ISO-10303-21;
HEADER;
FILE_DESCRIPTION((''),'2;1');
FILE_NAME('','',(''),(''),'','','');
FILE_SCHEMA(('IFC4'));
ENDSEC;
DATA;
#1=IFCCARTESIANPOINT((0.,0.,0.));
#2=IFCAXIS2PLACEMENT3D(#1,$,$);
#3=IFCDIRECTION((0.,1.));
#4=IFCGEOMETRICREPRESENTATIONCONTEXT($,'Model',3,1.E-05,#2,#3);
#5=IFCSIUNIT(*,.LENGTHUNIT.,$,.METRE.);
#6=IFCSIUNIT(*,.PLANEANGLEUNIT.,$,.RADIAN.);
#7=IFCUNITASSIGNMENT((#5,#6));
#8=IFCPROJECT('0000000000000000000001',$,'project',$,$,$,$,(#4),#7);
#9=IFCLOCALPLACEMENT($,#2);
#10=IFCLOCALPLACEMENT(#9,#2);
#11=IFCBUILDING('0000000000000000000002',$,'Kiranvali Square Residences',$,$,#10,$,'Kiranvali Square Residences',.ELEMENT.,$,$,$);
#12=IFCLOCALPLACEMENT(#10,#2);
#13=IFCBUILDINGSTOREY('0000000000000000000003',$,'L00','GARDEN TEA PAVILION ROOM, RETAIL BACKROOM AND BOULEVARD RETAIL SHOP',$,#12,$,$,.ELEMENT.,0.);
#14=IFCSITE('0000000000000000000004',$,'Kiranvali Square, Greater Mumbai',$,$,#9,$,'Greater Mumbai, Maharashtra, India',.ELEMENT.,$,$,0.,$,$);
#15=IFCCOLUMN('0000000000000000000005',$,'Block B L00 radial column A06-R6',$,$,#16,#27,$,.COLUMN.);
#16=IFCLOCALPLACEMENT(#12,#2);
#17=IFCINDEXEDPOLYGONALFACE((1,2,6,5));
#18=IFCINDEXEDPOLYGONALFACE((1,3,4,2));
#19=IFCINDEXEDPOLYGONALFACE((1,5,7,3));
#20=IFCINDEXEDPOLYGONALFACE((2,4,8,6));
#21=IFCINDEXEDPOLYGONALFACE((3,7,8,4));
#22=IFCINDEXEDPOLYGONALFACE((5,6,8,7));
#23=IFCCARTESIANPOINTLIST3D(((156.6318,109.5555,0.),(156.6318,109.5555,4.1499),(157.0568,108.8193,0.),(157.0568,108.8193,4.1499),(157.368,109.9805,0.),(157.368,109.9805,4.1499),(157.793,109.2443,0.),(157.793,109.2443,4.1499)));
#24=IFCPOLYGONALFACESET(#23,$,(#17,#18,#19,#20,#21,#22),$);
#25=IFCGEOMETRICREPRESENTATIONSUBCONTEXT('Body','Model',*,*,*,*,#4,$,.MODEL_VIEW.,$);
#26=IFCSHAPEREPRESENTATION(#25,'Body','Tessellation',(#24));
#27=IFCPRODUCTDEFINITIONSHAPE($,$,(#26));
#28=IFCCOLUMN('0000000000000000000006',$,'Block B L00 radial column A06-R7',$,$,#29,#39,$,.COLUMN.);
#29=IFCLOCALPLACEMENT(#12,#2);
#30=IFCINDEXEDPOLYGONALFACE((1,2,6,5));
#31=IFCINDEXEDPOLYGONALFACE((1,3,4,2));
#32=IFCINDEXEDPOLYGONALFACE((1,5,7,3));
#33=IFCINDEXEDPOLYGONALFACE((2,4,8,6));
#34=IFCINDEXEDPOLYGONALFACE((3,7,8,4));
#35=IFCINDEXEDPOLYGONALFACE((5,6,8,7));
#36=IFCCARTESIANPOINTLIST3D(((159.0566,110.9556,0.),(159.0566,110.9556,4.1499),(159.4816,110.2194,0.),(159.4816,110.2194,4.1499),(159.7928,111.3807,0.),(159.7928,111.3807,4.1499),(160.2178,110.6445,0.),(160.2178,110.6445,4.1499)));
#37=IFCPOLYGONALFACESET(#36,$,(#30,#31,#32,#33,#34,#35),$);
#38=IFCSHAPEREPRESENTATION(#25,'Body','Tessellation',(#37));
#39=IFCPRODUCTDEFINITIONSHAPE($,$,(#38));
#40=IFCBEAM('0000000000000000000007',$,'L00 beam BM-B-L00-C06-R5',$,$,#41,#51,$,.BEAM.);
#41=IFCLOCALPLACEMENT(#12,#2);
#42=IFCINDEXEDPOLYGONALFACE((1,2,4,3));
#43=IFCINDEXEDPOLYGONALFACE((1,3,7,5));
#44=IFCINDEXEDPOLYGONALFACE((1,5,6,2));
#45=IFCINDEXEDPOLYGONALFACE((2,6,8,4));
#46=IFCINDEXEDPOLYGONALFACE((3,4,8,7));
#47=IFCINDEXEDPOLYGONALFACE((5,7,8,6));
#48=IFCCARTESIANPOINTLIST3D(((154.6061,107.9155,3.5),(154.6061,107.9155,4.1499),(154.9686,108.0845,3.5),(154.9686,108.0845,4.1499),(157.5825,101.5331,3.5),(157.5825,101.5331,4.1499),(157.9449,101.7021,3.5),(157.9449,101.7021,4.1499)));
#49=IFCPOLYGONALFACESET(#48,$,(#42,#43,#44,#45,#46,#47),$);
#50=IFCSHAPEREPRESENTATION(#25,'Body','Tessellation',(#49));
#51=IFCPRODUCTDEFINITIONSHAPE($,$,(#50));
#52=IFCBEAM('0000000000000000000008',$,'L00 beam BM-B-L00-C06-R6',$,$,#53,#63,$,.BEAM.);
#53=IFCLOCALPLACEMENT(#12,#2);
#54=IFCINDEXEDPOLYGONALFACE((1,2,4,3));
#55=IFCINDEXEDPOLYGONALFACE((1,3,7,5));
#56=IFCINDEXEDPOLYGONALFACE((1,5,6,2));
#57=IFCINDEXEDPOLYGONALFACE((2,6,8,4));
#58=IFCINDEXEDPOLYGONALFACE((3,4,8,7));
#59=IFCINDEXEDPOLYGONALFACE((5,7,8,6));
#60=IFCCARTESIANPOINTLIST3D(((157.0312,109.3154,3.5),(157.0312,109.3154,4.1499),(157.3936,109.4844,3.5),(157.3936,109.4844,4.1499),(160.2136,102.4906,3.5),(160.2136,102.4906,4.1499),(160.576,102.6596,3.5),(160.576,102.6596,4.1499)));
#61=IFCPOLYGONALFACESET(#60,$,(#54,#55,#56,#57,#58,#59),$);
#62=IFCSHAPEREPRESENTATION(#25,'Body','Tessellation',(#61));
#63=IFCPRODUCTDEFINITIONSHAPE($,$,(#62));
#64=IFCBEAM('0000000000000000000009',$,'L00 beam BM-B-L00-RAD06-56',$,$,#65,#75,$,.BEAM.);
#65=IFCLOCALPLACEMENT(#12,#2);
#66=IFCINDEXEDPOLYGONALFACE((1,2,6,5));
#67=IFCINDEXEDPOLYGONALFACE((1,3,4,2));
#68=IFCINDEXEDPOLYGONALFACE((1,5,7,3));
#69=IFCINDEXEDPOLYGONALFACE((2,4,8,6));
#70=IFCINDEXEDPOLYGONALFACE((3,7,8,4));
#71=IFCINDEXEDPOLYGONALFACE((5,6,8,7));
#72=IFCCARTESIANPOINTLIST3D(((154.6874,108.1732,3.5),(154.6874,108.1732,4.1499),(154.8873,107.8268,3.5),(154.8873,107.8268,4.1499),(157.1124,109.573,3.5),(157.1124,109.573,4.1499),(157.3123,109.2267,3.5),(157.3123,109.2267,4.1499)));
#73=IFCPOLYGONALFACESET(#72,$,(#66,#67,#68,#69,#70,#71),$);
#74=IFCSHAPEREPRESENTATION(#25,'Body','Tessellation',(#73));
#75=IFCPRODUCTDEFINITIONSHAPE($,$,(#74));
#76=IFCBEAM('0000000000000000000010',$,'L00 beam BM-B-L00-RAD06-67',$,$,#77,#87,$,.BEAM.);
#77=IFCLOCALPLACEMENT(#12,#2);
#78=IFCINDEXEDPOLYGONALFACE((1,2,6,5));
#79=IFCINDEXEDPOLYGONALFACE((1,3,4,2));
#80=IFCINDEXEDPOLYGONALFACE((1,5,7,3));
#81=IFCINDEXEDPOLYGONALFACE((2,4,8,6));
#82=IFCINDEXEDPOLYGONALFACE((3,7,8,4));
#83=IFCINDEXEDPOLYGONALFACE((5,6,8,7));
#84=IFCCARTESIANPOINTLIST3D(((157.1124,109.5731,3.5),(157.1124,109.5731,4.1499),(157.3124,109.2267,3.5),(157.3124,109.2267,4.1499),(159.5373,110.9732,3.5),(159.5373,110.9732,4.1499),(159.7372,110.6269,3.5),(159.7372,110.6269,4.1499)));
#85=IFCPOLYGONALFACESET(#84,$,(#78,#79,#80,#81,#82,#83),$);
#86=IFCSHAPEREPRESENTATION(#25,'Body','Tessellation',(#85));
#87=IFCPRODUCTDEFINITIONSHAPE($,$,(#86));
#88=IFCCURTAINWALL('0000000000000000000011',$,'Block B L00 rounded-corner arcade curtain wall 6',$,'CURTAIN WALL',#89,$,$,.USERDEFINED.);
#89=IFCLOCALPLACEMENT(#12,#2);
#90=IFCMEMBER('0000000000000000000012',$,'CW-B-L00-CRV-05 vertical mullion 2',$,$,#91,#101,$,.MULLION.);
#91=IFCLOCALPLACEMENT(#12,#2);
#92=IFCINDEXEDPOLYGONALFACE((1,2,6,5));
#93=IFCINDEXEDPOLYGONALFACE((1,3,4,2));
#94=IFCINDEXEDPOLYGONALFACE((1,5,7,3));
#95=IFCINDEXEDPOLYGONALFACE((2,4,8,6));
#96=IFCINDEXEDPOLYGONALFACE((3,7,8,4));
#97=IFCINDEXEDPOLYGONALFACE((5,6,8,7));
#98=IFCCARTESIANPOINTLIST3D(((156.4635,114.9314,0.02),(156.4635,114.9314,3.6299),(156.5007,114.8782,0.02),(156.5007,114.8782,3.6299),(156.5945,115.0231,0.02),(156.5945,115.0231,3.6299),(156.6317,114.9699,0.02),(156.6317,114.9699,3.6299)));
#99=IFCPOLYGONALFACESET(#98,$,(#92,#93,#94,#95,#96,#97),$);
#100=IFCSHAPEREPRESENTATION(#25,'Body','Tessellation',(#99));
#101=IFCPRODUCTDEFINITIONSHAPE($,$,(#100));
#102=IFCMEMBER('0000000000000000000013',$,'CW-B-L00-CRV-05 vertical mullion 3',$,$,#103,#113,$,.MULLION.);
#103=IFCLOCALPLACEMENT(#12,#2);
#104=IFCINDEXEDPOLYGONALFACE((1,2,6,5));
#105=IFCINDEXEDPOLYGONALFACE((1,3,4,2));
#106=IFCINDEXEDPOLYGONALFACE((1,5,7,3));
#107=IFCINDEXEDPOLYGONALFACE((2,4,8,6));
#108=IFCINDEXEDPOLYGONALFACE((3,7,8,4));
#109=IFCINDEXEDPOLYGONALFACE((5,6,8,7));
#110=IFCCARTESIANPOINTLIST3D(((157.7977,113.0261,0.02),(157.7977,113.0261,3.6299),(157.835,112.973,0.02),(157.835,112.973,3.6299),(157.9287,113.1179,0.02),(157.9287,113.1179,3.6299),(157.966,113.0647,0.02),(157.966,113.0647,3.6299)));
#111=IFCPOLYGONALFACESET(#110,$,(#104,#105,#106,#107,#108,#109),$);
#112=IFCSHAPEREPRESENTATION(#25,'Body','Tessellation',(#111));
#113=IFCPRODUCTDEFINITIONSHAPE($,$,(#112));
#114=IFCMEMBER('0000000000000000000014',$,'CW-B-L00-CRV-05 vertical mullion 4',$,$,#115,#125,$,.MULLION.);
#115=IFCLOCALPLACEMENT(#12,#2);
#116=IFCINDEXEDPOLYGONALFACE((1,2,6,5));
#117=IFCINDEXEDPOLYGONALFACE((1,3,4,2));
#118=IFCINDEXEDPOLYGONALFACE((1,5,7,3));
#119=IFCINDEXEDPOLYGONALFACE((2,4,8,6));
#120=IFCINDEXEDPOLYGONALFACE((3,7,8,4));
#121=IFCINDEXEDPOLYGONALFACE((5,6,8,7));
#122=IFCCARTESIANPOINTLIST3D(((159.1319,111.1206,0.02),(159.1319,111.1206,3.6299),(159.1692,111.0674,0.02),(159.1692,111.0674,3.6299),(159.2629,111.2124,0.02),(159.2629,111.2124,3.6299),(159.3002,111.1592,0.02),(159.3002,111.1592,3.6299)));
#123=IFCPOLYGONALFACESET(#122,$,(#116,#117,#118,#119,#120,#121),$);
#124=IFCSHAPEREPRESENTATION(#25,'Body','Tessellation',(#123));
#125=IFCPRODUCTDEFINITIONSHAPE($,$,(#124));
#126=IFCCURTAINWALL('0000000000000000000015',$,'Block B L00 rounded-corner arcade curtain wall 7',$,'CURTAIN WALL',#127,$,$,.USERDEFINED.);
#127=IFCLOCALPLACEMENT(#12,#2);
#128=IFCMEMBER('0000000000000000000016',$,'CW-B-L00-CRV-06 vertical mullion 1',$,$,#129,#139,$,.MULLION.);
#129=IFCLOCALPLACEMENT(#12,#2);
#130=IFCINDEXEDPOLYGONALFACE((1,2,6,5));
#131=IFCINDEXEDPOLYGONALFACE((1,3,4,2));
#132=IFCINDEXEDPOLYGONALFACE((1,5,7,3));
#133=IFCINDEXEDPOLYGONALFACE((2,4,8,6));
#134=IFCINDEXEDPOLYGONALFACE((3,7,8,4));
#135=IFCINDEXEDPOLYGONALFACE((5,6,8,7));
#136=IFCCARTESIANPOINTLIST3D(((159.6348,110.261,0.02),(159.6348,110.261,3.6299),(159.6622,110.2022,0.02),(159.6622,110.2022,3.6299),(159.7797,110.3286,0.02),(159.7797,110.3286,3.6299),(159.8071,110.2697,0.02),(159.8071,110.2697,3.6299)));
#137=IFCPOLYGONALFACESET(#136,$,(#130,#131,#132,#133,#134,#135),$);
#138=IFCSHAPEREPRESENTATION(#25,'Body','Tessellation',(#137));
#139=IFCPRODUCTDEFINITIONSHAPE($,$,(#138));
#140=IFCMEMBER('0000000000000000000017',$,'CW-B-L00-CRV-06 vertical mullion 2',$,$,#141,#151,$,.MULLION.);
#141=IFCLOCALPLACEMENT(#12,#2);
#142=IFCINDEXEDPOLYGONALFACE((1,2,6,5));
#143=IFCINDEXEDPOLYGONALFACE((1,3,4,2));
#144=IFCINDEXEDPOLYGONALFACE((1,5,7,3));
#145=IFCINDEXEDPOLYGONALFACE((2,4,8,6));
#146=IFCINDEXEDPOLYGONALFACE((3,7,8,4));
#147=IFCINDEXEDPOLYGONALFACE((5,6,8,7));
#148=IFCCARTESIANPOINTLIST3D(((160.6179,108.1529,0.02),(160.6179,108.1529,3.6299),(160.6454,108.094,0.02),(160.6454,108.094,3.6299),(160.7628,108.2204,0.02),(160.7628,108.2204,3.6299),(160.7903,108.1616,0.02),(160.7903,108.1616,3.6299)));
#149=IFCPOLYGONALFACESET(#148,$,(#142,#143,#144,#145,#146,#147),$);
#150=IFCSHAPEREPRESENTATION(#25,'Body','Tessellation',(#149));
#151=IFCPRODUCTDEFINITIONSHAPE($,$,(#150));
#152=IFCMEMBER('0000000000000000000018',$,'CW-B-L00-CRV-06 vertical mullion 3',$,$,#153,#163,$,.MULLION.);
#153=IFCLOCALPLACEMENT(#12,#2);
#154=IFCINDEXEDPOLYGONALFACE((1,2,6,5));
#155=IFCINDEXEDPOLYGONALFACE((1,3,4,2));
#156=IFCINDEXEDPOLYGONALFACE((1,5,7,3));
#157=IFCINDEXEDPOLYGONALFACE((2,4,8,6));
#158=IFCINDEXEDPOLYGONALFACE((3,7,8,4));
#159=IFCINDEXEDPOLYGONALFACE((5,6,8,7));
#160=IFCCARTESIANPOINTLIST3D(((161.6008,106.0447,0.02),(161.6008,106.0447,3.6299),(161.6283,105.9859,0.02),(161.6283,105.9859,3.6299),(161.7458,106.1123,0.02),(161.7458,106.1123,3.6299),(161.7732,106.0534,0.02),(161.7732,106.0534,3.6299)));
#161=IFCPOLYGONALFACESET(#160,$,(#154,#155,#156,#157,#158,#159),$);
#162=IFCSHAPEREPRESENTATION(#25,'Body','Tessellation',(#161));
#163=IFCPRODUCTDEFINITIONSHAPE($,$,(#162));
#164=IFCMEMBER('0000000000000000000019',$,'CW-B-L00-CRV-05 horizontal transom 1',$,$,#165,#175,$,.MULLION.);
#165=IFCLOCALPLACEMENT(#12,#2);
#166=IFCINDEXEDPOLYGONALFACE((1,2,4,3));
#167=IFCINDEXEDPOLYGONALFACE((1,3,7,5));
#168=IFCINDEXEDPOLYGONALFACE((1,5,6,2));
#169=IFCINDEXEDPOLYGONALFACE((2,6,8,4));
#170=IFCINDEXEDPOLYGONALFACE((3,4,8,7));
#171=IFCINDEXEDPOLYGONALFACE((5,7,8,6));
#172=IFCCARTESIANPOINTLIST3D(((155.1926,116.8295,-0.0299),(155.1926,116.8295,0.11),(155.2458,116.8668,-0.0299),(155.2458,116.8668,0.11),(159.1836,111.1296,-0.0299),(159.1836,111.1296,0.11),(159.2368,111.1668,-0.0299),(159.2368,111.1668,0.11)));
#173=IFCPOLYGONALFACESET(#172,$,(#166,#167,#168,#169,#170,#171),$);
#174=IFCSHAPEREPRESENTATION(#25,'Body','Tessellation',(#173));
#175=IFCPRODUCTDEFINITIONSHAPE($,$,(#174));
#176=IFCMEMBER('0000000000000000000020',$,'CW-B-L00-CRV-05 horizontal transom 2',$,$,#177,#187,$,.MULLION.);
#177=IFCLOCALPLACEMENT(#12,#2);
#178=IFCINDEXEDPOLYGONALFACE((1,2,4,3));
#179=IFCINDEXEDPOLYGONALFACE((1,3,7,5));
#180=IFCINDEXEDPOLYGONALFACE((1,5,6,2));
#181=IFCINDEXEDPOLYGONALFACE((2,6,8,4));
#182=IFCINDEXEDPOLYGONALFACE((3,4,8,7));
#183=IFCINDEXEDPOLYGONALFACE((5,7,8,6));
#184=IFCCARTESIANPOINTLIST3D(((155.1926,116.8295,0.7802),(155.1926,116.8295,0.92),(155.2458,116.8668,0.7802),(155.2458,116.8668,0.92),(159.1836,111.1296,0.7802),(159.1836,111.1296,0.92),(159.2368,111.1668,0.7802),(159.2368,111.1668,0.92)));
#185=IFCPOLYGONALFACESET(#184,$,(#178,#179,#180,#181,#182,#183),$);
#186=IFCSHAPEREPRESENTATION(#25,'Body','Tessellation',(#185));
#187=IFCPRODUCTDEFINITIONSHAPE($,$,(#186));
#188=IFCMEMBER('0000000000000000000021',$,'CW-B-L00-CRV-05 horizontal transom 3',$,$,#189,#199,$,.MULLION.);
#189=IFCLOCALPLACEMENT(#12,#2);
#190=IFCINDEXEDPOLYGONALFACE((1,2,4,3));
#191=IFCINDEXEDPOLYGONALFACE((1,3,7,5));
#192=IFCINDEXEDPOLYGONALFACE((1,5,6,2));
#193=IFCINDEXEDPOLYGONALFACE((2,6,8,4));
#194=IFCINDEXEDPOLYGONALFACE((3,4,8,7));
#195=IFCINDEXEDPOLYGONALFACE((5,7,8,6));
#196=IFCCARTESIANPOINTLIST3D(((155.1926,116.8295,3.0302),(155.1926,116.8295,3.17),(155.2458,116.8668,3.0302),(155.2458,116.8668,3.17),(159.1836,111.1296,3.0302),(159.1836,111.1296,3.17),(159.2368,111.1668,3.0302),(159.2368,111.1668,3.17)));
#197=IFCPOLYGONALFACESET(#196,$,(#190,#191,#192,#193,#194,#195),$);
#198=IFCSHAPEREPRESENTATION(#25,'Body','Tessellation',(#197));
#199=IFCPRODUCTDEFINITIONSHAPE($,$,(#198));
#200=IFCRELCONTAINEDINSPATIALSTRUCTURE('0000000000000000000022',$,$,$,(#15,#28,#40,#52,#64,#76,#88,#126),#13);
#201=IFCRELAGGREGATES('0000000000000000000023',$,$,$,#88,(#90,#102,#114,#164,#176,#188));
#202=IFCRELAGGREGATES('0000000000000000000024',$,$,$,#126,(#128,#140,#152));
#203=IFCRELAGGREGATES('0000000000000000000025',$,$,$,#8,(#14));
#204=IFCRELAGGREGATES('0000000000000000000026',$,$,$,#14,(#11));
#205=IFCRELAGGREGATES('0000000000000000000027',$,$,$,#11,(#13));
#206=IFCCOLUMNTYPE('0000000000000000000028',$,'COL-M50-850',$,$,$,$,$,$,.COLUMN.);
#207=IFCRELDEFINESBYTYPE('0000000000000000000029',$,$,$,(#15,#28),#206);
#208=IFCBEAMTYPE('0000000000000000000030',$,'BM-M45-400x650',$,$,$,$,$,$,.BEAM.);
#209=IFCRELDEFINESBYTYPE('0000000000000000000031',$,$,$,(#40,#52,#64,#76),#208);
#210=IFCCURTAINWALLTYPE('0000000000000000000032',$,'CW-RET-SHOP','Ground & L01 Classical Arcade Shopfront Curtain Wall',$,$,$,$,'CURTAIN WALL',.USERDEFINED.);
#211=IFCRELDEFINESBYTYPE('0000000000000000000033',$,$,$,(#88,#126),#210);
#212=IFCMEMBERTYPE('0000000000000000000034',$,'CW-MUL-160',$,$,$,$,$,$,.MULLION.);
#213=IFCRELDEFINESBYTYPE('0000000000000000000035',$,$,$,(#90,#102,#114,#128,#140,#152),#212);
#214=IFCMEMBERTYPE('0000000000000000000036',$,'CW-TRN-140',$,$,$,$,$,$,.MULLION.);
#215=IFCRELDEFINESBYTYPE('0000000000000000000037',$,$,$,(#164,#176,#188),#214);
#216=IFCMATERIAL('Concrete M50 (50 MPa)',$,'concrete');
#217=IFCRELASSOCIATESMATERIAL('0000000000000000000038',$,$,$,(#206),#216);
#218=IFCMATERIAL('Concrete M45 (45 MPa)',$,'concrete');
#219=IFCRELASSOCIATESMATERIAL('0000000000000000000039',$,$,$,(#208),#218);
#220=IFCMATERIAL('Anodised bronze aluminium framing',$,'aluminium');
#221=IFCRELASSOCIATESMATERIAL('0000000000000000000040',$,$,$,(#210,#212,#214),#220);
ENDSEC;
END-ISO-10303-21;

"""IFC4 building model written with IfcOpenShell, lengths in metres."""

from ifc_helpers import new_model, si_unit, direction, frame, origin, origin_2d, place, context, subcontext, project, spatial, rectangle, extrude, material, material_profile, profile_set, type_object, element, aggregate, save


model = new_model("IFC4")

# Units and contexts
model_context = context("Model", 3, precision=1e-05, world=origin(), true_north=direction((0.0, 1.0)))
body_context = subcontext(model_context, "Body", "Model", "MODEL_VIEW")
ifc_project = project(units=[si_unit("LENGTHUNIT", "METRE"), si_unit("PLANEANGLEUNIT", "RADIAN")], contexts=[model_context])

# Site, building, storey
site_placement = place(None, origin())
site = spatial("IfcSite", under=ifc_project, at=site_placement, Name="Kiranvali Square, Greater Mumbai", LongName="Greater Mumbai, Maharashtra, India", CompositionType="ELEMENT", RefElevation=0.0)
building_placement = place(site_placement, origin())
building = spatial("IfcBuilding", under=site, at=building_placement, Name="Kiranvali Square Residences", LongName="Kiranvali Square Residences", CompositionType="ELEMENT")
storey_placement = place(building_placement, origin())
storey = spatial("IfcBuildingStorey", under=building, at=storey_placement, Name="L00", Description="GARDEN TEA PAVILION ROOM, RETAIL BACKROOM AND BOULEVARD RETAIL SHOP", CompositionType="ELEMENT", Elevation=0.0)

# Columns
ifc_material_1 = material(Name="Concrete M50 (50 MPa)", Category="concrete")
ifc_material_profile_1 = material_profile(ifc_material_1, rectangle(XDim=0.8501, YDim=0.8501, at=origin_2d()), Name="RC 850x850")
ifc_profile_set_1 = profile_set([ifc_material_profile_1], Name="Concrete M50 (50 MPa)")
column_type = type_object("IfcColumnType", Name="COL-M50-850", PredefinedType="COLUMN", material=ifc_profile_set_1)
for number, where, z_axis, x_axis, name in (
    (1, (157.2124, 109.3999, 0.0), (0.0, 0.0, 1.0), (-0.5, 0.866025, 0.0), "Block B L00 radial column A06-R6"),
    (2, (159.6372, 110.8, 0.0), (0.0, 0.0, 1.0), (-0.5, 0.866025, 0.0), "Block B L00 radial column A06-R7"),
):
    element("IfcColumn", number, at=place(storey_placement, frame(where, z_axis=z_axis, x_axis=x_axis)), inside=storey, type_object=column_type, Name=name, PredefinedType="COLUMN", context=body_context, shape_type="SweptSolid", body=[
        extrude(rectangle(XDim=0.8501, YDim=0.8501, at=origin_2d()), origin(), (0.0, 0.0, 1.0), 4.1499),
    ])

# Beams
ifc_material_2 = material(Name="Concrete M45 (45 MPa)", Category="concrete")
ifc_material_profile_2 = material_profile(ifc_material_2, rectangle(XDim=0.3999, YDim=0.6499, at=origin_2d()), Name="RC 400x650")
ifc_profile_set_2 = profile_set([ifc_material_profile_2], Name="Concrete M45 (45 MPa)")
beam_type_1 = type_object("IfcBeamType", Name="BM-M45-400x650", PredefinedType="BEAM", material=ifc_profile_set_2)
beam_1_placement = place(storey_placement, frame((154.7874, 108.0, 3.825), z_axis=(0.422641, -0.906297, 0.0), x_axis=(0.906297, 0.422641, 0.0)))
element("IfcBeam", 3, at=beam_1_placement, inside=storey, type_object=beam_type_1, Name="L00 beam BM-B-L00-C06-R5", PredefinedType="BEAM", context=body_context, shape_type="SweptSolid", body=[
    extrude(rectangle(XDim=0.3999, YDim=0.6499, at=origin_2d()), origin(), (0.0, 0.0, 1.0), 7.0422),
])
beam_2_placement = place(storey_placement, frame((157.2124, 109.3999, 3.825), z_axis=(0.422614, -0.90631, 0.0), x_axis=(0.90631, 0.422614, 0.0)))
element("IfcBeam", 4, at=beam_2_placement, inside=storey, type_object=beam_type_1, Name="L00 beam BM-B-L00-C06-R6", PredefinedType="BEAM", context=body_context, shape_type="SweptSolid", body=[
    extrude(rectangle(XDim=0.3999, YDim=0.6499, at=origin_2d()), origin(), (0.0, 0.0, 1.0), 7.5303),
])
for number, where, z_axis, x_axis, name in (
    (5, (154.7874, 108.0, 3.825), (0.866056, 0.499946, 0.0), (-0.499946, 0.866056, 0.0), "L00 beam BM-B-L00-RAD06-56"),
    (6, (157.2124, 109.3999, 3.825), (0.865997, 0.50005, 0.0), (-0.50005, 0.865997, 0.0), "L00 beam BM-B-L00-RAD06-67"),
):
    element("IfcBeam", number, at=place(storey_placement, frame(where, z_axis=z_axis, x_axis=x_axis)), inside=storey, type_object=beam_type_1, Name=name, PredefinedType="BEAM", context=body_context, shape_type="SweptSolid", body=[
        extrude(rectangle(XDim=0.3999, YDim=0.6499, at=origin_2d()), origin(), (0.0, 0.0, 1.0), 2.8),
    ])

# Curtain walls, members
ifc_material_3 = material(Name="Anodised bronze aluminium framing", Category="aluminium")
curtain_wall_type = type_object("IfcCurtainWallType", Name="CW-RET-SHOP", Description="Ground & L01 Classical Arcade Shopfront Curtain Wall", ElementType="CURTAIN WALL", PredefinedType="USERDEFINED", material=ifc_material_3)
curtain_wall_1_placement = place(storey_placement, origin())
curtain_wall_1 = element("IfcCurtainWall", 7, at=curtain_wall_1_placement, inside=storey, type_object=curtain_wall_type, Name="Block B L00 rounded-corner arcade curtain wall 6", ObjectType="CURTAIN WALL", PredefinedType="USERDEFINED")
ifc_material_profile_3 = material_profile(ifc_material_3, rectangle(XDim=0.0649, YDim=0.1599, at=origin_2d()), Name="ALU 65x160")
ifc_profile_set_3 = profile_set([ifc_material_profile_3], Name="Anodised bronze aluminium framing")
member_type_1 = type_object("IfcMemberType", Name="CW-MUL-160", PredefinedType="MULLION", material=ifc_profile_set_3)
member_1_placement = place(storey_placement, frame((156.5476, 114.9507, 0.02), z_axis=(0.0, 0.0, 1.0), x_axis=(0.573576, -0.819152, 0.0)))
member_1 = element("IfcMember", 8, at=member_1_placement, type_object=member_type_1, Name="CW-B-L00-CRV-05 vertical mullion 2", PredefinedType="MULLION", context=body_context, shape_type="SweptSolid", body=[
    extrude(rectangle(XDim=0.0649, YDim=0.1599, at=origin_2d()), origin(), (0.0, 0.0, 1.0), 3.6099),
])
member_2_placement = place(storey_placement, frame((157.8818, 113.0454, 0.02), z_axis=(0.0, 0.0, 1.0), x_axis=(0.573576, -0.819152, 0.0)))
member_2 = element("IfcMember", 9, at=member_2_placement, type_object=member_type_1, Name="CW-B-L00-CRV-05 vertical mullion 3", PredefinedType="MULLION", context=body_context, shape_type="SweptSolid", body=[
    extrude(rectangle(XDim=0.0649, YDim=0.1599, at=origin_2d()), origin(), (0.0, 0.0, 1.0), 3.6099),
])
member_3_placement = place(storey_placement, frame((159.2161, 111.1399, 0.02), z_axis=(0.0, 0.0, 1.0), x_axis=(0.573576, -0.819152, 0.0)))
member_3 = element("IfcMember", 10, at=member_3_placement, type_object=member_type_1, Name="CW-B-L00-CRV-05 vertical mullion 4", PredefinedType="MULLION", context=body_context, shape_type="SweptSolid", body=[
    extrude(rectangle(XDim=0.0649, YDim=0.1599, at=origin_2d()), origin(), (0.0, 0.0, 1.0), 3.6099),
])
curtain_wall_2_placement = place(storey_placement, origin())
curtain_wall_2 = element("IfcCurtainWall", 11, at=curtain_wall_2_placement, inside=storey, type_object=curtain_wall_type, Name="Block B L00 rounded-corner arcade curtain wall 7", ObjectType="CURTAIN WALL", PredefinedType="USERDEFINED")
member_4_placement = place(storey_placement, frame((159.7209, 110.2654, 0.02), z_axis=(0.0, 0.0, 1.0), x_axis=(0.422618, -0.906308, 0.0)))
member_4 = element("IfcMember", 12, at=member_4_placement, type_object=member_type_1, Name="CW-B-L00-CRV-06 vertical mullion 1", PredefinedType="MULLION", context=body_context, shape_type="SweptSolid", body=[
    extrude(rectangle(XDim=0.0649, YDim=0.1599, at=origin_2d()), origin(), (0.0, 0.0, 1.0), 3.6099),
])
member_5_placement = place(storey_placement, frame((160.7041, 108.1572, 0.02), z_axis=(0.0, 0.0, 1.0), x_axis=(0.422618, -0.906308, 0.0)))
member_5 = element("IfcMember", 13, at=member_5_placement, type_object=member_type_1, Name="CW-B-L00-CRV-06 vertical mullion 2", PredefinedType="MULLION", context=body_context, shape_type="SweptSolid", body=[
    extrude(rectangle(XDim=0.0649, YDim=0.1599, at=origin_2d()), origin(), (0.0, 0.0, 1.0), 3.6099),
])
member_6_placement = place(storey_placement, frame((161.687, 106.0491, 0.02), z_axis=(0.0, 0.0, 1.0), x_axis=(0.422618, -0.906308, 0.0)))
member_6 = element("IfcMember", 14, at=member_6_placement, type_object=member_type_1, Name="CW-B-L00-CRV-06 vertical mullion 3", PredefinedType="MULLION", context=body_context, shape_type="SweptSolid", body=[
    extrude(rectangle(XDim=0.0649, YDim=0.1599, at=origin_2d()), origin(), (0.0, 0.0, 1.0), 3.6099),
])

# Members
ifc_material_profile_4 = material_profile(ifc_material_3, rectangle(XDim=0.0649, YDim=0.1399, at=origin_2d()), Name="ALU 65x140")
ifc_profile_set_4 = profile_set([ifc_material_profile_4], Name="Anodised bronze aluminium framing")
member_type_2 = type_object("IfcMemberType", Name="CW-TRN-140", PredefinedType="MULLION", material=ifc_profile_set_4)
member_7_placement = place(storey_placement, frame((155.2192, 116.8481, 0.04), z_axis=(0.573559, -0.819164, 0.0), x_axis=(0.819164, 0.573559, 0.0)))
member_7 = element("IfcMember", 15, at=member_7_placement, type_object=member_type_2, Name="CW-B-L00-CRV-05 horizontal transom 1", PredefinedType="MULLION", context=body_context, shape_type="SweptSolid", body=[
    extrude(rectangle(XDim=0.0649, YDim=0.1399, at=origin_2d()), origin(), (0.0, 0.0, 1.0), 6.9583),
])
member_8_placement = place(storey_placement, frame((155.2192, 116.8481, 0.8501), z_axis=(0.573559, -0.819164, 0.0), x_axis=(0.819164, 0.573559, 0.0)))
member_8 = element("IfcMember", 16, at=member_8_placement, type_object=member_type_2, Name="CW-B-L00-CRV-05 horizontal transom 2", PredefinedType="MULLION", context=body_context, shape_type="SweptSolid", body=[
    extrude(rectangle(XDim=0.0649, YDim=0.1399, at=origin_2d()), origin(), (0.0, 0.0, 1.0), 6.9583),
])
member_9_placement = place(storey_placement, frame((155.2192, 116.8481, 3.1001), z_axis=(0.573559, -0.819164, 0.0), x_axis=(0.819164, 0.573559, 0.0)))
member_9 = element("IfcMember", 17, at=member_9_placement, type_object=member_type_2, Name="CW-B-L00-CRV-05 horizontal transom 3", PredefinedType="MULLION", context=body_context, shape_type="SweptSolid", body=[
    extrude(rectangle(XDim=0.0649, YDim=0.1399, at=origin_2d()), origin(), (0.0, 0.0, 1.0), 6.9583),
])

aggregate(curtain_wall_1, [member_1, member_2, member_3, member_7, member_8, member_9])
aggregate(curtain_wall_2, [member_4, member_5, member_6])

save(model, "model.ifc")
